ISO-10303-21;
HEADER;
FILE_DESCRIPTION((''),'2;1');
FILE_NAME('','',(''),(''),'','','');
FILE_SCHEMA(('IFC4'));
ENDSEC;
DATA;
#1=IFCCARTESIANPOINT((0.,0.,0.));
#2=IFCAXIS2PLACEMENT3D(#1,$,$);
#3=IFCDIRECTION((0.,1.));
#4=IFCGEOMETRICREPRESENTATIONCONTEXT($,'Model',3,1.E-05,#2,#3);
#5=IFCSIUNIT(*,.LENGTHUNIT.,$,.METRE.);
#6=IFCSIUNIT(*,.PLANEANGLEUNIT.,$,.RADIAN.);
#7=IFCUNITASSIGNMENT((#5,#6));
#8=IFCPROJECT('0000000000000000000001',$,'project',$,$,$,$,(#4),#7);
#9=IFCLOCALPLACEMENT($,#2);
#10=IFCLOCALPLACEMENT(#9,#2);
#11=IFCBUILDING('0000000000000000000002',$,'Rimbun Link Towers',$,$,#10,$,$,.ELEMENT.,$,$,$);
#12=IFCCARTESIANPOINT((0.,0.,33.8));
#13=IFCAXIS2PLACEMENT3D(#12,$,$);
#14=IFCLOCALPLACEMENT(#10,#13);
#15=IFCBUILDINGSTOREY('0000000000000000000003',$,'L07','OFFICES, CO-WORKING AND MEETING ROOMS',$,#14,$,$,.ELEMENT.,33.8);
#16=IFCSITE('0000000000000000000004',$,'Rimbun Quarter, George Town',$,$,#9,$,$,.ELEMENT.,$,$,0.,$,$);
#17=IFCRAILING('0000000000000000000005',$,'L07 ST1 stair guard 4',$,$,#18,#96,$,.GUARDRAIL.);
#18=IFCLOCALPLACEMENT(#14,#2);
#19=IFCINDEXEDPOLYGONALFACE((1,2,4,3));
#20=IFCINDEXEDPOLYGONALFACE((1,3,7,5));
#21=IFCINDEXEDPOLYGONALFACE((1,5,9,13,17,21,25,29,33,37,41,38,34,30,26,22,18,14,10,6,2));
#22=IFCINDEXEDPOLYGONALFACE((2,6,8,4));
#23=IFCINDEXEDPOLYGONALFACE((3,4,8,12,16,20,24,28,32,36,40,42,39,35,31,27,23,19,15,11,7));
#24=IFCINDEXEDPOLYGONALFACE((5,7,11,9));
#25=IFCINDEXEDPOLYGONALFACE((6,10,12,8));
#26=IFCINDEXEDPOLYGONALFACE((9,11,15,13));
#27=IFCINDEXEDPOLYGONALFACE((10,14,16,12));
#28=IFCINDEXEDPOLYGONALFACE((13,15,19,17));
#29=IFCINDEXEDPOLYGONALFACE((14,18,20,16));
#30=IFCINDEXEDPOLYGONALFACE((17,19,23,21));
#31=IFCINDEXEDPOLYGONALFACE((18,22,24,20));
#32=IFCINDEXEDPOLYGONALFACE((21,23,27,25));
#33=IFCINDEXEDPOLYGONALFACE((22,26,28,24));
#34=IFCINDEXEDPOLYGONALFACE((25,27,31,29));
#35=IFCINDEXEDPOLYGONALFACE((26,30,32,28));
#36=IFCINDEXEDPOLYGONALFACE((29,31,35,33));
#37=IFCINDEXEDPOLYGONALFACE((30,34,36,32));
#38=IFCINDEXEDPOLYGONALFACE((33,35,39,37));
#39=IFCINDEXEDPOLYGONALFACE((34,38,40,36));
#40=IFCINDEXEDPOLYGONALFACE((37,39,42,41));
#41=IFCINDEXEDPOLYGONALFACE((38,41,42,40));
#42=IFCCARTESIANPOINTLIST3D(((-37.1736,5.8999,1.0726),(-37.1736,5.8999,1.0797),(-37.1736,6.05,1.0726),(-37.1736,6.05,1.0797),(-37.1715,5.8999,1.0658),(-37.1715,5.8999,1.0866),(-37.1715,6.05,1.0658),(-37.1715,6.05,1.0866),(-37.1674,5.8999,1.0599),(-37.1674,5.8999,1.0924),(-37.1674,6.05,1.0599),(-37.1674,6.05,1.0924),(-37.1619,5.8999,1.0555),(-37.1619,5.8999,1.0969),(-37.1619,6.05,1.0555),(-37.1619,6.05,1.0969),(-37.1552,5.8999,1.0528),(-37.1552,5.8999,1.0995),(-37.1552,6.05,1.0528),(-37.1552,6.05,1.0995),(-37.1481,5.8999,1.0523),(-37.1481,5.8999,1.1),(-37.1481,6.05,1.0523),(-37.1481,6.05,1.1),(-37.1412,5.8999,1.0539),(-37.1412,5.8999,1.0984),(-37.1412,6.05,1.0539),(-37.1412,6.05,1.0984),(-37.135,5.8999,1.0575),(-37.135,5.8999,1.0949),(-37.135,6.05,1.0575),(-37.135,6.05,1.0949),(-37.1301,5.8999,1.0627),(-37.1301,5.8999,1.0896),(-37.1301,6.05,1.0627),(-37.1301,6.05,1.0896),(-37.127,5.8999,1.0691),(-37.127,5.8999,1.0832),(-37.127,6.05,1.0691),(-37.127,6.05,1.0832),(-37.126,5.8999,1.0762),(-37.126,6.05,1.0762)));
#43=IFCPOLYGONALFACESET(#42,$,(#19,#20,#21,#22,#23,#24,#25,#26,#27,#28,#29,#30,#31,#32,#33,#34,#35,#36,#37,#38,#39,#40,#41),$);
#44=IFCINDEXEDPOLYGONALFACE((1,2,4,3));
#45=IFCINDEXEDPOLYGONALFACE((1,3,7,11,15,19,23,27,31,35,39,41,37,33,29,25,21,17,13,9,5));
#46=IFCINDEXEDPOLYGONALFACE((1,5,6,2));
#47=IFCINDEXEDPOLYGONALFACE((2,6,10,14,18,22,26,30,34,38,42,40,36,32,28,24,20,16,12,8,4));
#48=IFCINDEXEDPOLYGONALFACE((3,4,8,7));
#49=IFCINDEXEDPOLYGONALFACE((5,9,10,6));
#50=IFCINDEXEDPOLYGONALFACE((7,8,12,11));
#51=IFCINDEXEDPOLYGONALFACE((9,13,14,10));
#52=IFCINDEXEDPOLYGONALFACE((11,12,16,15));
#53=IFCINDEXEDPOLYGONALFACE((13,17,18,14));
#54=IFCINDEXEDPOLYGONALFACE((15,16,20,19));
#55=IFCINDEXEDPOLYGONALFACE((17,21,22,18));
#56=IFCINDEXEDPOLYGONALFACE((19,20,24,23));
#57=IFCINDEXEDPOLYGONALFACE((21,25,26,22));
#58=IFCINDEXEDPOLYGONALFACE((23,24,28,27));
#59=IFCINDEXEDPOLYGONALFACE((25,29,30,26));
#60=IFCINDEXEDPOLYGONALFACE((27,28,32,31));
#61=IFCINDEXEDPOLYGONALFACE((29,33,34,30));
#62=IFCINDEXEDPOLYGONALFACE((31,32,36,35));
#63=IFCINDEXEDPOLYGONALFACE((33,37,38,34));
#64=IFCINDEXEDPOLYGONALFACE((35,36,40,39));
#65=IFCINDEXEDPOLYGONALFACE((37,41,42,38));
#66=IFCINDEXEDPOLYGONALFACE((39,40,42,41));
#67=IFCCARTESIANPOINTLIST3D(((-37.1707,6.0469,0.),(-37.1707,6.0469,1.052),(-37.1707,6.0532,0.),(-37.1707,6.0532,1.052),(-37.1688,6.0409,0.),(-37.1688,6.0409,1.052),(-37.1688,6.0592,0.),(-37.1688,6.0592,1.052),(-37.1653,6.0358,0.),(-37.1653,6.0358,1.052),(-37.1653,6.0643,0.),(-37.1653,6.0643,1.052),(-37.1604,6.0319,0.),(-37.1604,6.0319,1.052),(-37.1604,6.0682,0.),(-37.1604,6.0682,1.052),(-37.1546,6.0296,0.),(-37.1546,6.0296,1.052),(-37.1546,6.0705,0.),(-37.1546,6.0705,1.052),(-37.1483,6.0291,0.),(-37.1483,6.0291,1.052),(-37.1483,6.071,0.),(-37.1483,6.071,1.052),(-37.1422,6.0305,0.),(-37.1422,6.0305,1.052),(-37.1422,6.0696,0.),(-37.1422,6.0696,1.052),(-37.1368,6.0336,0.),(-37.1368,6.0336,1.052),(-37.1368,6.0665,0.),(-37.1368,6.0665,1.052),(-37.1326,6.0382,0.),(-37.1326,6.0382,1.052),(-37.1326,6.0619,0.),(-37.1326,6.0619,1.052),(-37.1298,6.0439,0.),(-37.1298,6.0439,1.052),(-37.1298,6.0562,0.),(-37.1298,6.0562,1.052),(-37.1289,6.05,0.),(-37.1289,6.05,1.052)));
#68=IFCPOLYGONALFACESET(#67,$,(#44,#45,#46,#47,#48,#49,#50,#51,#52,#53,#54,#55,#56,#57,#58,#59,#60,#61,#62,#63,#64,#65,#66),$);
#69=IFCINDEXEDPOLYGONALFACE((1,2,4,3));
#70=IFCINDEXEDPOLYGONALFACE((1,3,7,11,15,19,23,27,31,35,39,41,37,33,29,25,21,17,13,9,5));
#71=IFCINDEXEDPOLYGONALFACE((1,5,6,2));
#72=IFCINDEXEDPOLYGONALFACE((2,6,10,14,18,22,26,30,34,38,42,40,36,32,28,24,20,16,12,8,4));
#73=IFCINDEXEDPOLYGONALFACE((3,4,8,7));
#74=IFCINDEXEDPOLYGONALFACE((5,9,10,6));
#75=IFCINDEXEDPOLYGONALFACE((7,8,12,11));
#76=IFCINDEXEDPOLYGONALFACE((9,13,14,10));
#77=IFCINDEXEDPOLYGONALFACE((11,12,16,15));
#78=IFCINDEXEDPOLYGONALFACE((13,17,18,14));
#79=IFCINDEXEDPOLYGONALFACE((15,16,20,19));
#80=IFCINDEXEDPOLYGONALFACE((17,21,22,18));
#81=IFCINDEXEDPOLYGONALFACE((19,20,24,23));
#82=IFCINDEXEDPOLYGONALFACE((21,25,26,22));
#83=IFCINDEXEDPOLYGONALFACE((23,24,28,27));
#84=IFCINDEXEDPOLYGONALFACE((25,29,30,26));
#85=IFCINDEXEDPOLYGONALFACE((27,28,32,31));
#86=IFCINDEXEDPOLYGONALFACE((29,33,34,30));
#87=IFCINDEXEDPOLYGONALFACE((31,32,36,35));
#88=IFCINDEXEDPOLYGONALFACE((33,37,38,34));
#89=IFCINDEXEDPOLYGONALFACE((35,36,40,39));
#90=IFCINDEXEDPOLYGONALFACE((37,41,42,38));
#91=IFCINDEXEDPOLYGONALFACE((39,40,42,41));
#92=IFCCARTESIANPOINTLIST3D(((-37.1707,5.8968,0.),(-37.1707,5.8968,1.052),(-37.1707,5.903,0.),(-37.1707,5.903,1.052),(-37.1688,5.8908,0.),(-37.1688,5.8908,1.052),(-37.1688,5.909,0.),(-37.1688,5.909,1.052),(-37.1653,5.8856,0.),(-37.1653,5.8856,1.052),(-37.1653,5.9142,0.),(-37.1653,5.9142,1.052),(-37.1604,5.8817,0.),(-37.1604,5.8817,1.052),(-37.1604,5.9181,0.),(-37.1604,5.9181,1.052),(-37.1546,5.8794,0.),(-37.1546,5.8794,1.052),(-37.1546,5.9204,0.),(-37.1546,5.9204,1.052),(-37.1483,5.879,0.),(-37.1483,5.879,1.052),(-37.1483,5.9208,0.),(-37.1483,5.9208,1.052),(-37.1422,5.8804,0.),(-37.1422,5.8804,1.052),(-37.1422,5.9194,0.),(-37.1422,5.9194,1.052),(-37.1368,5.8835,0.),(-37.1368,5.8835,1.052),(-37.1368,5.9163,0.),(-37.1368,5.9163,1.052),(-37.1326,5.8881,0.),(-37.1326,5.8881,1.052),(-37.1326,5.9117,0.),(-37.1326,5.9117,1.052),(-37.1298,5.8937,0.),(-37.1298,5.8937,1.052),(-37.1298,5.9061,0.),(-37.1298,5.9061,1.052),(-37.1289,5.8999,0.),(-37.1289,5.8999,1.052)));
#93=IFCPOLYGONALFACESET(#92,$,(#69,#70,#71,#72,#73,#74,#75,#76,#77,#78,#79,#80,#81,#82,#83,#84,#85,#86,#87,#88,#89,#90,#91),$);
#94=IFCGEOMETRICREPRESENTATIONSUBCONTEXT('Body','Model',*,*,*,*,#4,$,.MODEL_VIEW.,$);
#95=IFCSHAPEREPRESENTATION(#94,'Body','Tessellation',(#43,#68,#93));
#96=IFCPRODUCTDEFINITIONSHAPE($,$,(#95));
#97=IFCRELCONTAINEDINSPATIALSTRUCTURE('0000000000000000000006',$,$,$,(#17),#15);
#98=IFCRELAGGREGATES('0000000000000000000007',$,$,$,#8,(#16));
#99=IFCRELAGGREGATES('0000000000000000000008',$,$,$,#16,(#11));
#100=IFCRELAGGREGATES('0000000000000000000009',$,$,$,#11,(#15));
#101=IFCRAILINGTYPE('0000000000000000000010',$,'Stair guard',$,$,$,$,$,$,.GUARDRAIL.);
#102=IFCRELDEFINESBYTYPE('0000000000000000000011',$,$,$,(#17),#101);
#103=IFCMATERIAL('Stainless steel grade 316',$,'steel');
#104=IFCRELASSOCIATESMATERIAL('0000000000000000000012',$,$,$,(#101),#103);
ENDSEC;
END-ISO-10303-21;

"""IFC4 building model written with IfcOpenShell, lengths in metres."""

from ifc_helpers import new_model, si_unit, direction, frame, origin, origin_2d, place, context, subcontext, project, spatial, circle, extrude, material, type_object, element, save


model = new_model("IFC4")

# Units and contexts
model_context = context("Model", 3, precision=1e-05, world=origin(), true_north=direction((0.0, 1.0)))
body_context = subcontext(model_context, "Body", "Model", "MODEL_VIEW")
ifc_project = project(units=[si_unit("LENGTHUNIT", "METRE"), si_unit("PLANEANGLEUNIT", "RADIAN")], contexts=[model_context])

# Site, building, storey
site_placement = place(None, origin())
site = spatial("IfcSite", under=ifc_project, at=site_placement, Name="Rimbun Quarter, George Town", CompositionType="ELEMENT", RefElevation=0.0)
building_placement = place(site_placement, origin())
building = spatial("IfcBuilding", under=site, at=building_placement, Name="Rimbun Link Towers", CompositionType="ELEMENT")
storey_placement = place(building_placement, frame((0.0, 0.0, 33.8)))
storey = spatial("IfcBuildingStorey", under=building, at=storey_placement, Name="L07", Description="OFFICES, CO-WORKING AND MEETING ROOMS", CompositionType="ELEMENT", Elevation=33.8)

# Railing
ifc_material_1 = material(Name="Stainless steel grade 316", Category="steel")
railing_type_1 = type_object("IfcRailingType", Name="Stair guard", PredefinedType="GUARDRAIL", material=ifc_material_1)
railing_1_placement = place(storey_placement, frame((-37.1499, 6.05, 0.0)))
element("IfcRailing", 1, at=railing_1_placement, inside=storey, type_object=railing_type_1, Name="L07 ST1 stair guard 4", PredefinedType="GUARDRAIL", context=body_context, shape_type="SweptSolid", body=[
    extrude(circle(Radius=0.0239, at=origin_2d()), frame((0.0, 0.0, 1.0762), z_axis=(0.0, -1.0, 0.0), x_axis=(1.0, 0.0, 0.0)), (0.0, 0.0, 1.0), 0.1501),
    extrude(circle(Radius=0.021, at=origin_2d()), origin(), (0.0, 0.0, 1.0), 1.052),
    extrude(circle(Radius=0.021, at=origin_2d()), frame((0.0, -0.1501, 0.0)), (0.0, 0.0, 1.0), 1.052),
])

save(model, "model.ifc")
